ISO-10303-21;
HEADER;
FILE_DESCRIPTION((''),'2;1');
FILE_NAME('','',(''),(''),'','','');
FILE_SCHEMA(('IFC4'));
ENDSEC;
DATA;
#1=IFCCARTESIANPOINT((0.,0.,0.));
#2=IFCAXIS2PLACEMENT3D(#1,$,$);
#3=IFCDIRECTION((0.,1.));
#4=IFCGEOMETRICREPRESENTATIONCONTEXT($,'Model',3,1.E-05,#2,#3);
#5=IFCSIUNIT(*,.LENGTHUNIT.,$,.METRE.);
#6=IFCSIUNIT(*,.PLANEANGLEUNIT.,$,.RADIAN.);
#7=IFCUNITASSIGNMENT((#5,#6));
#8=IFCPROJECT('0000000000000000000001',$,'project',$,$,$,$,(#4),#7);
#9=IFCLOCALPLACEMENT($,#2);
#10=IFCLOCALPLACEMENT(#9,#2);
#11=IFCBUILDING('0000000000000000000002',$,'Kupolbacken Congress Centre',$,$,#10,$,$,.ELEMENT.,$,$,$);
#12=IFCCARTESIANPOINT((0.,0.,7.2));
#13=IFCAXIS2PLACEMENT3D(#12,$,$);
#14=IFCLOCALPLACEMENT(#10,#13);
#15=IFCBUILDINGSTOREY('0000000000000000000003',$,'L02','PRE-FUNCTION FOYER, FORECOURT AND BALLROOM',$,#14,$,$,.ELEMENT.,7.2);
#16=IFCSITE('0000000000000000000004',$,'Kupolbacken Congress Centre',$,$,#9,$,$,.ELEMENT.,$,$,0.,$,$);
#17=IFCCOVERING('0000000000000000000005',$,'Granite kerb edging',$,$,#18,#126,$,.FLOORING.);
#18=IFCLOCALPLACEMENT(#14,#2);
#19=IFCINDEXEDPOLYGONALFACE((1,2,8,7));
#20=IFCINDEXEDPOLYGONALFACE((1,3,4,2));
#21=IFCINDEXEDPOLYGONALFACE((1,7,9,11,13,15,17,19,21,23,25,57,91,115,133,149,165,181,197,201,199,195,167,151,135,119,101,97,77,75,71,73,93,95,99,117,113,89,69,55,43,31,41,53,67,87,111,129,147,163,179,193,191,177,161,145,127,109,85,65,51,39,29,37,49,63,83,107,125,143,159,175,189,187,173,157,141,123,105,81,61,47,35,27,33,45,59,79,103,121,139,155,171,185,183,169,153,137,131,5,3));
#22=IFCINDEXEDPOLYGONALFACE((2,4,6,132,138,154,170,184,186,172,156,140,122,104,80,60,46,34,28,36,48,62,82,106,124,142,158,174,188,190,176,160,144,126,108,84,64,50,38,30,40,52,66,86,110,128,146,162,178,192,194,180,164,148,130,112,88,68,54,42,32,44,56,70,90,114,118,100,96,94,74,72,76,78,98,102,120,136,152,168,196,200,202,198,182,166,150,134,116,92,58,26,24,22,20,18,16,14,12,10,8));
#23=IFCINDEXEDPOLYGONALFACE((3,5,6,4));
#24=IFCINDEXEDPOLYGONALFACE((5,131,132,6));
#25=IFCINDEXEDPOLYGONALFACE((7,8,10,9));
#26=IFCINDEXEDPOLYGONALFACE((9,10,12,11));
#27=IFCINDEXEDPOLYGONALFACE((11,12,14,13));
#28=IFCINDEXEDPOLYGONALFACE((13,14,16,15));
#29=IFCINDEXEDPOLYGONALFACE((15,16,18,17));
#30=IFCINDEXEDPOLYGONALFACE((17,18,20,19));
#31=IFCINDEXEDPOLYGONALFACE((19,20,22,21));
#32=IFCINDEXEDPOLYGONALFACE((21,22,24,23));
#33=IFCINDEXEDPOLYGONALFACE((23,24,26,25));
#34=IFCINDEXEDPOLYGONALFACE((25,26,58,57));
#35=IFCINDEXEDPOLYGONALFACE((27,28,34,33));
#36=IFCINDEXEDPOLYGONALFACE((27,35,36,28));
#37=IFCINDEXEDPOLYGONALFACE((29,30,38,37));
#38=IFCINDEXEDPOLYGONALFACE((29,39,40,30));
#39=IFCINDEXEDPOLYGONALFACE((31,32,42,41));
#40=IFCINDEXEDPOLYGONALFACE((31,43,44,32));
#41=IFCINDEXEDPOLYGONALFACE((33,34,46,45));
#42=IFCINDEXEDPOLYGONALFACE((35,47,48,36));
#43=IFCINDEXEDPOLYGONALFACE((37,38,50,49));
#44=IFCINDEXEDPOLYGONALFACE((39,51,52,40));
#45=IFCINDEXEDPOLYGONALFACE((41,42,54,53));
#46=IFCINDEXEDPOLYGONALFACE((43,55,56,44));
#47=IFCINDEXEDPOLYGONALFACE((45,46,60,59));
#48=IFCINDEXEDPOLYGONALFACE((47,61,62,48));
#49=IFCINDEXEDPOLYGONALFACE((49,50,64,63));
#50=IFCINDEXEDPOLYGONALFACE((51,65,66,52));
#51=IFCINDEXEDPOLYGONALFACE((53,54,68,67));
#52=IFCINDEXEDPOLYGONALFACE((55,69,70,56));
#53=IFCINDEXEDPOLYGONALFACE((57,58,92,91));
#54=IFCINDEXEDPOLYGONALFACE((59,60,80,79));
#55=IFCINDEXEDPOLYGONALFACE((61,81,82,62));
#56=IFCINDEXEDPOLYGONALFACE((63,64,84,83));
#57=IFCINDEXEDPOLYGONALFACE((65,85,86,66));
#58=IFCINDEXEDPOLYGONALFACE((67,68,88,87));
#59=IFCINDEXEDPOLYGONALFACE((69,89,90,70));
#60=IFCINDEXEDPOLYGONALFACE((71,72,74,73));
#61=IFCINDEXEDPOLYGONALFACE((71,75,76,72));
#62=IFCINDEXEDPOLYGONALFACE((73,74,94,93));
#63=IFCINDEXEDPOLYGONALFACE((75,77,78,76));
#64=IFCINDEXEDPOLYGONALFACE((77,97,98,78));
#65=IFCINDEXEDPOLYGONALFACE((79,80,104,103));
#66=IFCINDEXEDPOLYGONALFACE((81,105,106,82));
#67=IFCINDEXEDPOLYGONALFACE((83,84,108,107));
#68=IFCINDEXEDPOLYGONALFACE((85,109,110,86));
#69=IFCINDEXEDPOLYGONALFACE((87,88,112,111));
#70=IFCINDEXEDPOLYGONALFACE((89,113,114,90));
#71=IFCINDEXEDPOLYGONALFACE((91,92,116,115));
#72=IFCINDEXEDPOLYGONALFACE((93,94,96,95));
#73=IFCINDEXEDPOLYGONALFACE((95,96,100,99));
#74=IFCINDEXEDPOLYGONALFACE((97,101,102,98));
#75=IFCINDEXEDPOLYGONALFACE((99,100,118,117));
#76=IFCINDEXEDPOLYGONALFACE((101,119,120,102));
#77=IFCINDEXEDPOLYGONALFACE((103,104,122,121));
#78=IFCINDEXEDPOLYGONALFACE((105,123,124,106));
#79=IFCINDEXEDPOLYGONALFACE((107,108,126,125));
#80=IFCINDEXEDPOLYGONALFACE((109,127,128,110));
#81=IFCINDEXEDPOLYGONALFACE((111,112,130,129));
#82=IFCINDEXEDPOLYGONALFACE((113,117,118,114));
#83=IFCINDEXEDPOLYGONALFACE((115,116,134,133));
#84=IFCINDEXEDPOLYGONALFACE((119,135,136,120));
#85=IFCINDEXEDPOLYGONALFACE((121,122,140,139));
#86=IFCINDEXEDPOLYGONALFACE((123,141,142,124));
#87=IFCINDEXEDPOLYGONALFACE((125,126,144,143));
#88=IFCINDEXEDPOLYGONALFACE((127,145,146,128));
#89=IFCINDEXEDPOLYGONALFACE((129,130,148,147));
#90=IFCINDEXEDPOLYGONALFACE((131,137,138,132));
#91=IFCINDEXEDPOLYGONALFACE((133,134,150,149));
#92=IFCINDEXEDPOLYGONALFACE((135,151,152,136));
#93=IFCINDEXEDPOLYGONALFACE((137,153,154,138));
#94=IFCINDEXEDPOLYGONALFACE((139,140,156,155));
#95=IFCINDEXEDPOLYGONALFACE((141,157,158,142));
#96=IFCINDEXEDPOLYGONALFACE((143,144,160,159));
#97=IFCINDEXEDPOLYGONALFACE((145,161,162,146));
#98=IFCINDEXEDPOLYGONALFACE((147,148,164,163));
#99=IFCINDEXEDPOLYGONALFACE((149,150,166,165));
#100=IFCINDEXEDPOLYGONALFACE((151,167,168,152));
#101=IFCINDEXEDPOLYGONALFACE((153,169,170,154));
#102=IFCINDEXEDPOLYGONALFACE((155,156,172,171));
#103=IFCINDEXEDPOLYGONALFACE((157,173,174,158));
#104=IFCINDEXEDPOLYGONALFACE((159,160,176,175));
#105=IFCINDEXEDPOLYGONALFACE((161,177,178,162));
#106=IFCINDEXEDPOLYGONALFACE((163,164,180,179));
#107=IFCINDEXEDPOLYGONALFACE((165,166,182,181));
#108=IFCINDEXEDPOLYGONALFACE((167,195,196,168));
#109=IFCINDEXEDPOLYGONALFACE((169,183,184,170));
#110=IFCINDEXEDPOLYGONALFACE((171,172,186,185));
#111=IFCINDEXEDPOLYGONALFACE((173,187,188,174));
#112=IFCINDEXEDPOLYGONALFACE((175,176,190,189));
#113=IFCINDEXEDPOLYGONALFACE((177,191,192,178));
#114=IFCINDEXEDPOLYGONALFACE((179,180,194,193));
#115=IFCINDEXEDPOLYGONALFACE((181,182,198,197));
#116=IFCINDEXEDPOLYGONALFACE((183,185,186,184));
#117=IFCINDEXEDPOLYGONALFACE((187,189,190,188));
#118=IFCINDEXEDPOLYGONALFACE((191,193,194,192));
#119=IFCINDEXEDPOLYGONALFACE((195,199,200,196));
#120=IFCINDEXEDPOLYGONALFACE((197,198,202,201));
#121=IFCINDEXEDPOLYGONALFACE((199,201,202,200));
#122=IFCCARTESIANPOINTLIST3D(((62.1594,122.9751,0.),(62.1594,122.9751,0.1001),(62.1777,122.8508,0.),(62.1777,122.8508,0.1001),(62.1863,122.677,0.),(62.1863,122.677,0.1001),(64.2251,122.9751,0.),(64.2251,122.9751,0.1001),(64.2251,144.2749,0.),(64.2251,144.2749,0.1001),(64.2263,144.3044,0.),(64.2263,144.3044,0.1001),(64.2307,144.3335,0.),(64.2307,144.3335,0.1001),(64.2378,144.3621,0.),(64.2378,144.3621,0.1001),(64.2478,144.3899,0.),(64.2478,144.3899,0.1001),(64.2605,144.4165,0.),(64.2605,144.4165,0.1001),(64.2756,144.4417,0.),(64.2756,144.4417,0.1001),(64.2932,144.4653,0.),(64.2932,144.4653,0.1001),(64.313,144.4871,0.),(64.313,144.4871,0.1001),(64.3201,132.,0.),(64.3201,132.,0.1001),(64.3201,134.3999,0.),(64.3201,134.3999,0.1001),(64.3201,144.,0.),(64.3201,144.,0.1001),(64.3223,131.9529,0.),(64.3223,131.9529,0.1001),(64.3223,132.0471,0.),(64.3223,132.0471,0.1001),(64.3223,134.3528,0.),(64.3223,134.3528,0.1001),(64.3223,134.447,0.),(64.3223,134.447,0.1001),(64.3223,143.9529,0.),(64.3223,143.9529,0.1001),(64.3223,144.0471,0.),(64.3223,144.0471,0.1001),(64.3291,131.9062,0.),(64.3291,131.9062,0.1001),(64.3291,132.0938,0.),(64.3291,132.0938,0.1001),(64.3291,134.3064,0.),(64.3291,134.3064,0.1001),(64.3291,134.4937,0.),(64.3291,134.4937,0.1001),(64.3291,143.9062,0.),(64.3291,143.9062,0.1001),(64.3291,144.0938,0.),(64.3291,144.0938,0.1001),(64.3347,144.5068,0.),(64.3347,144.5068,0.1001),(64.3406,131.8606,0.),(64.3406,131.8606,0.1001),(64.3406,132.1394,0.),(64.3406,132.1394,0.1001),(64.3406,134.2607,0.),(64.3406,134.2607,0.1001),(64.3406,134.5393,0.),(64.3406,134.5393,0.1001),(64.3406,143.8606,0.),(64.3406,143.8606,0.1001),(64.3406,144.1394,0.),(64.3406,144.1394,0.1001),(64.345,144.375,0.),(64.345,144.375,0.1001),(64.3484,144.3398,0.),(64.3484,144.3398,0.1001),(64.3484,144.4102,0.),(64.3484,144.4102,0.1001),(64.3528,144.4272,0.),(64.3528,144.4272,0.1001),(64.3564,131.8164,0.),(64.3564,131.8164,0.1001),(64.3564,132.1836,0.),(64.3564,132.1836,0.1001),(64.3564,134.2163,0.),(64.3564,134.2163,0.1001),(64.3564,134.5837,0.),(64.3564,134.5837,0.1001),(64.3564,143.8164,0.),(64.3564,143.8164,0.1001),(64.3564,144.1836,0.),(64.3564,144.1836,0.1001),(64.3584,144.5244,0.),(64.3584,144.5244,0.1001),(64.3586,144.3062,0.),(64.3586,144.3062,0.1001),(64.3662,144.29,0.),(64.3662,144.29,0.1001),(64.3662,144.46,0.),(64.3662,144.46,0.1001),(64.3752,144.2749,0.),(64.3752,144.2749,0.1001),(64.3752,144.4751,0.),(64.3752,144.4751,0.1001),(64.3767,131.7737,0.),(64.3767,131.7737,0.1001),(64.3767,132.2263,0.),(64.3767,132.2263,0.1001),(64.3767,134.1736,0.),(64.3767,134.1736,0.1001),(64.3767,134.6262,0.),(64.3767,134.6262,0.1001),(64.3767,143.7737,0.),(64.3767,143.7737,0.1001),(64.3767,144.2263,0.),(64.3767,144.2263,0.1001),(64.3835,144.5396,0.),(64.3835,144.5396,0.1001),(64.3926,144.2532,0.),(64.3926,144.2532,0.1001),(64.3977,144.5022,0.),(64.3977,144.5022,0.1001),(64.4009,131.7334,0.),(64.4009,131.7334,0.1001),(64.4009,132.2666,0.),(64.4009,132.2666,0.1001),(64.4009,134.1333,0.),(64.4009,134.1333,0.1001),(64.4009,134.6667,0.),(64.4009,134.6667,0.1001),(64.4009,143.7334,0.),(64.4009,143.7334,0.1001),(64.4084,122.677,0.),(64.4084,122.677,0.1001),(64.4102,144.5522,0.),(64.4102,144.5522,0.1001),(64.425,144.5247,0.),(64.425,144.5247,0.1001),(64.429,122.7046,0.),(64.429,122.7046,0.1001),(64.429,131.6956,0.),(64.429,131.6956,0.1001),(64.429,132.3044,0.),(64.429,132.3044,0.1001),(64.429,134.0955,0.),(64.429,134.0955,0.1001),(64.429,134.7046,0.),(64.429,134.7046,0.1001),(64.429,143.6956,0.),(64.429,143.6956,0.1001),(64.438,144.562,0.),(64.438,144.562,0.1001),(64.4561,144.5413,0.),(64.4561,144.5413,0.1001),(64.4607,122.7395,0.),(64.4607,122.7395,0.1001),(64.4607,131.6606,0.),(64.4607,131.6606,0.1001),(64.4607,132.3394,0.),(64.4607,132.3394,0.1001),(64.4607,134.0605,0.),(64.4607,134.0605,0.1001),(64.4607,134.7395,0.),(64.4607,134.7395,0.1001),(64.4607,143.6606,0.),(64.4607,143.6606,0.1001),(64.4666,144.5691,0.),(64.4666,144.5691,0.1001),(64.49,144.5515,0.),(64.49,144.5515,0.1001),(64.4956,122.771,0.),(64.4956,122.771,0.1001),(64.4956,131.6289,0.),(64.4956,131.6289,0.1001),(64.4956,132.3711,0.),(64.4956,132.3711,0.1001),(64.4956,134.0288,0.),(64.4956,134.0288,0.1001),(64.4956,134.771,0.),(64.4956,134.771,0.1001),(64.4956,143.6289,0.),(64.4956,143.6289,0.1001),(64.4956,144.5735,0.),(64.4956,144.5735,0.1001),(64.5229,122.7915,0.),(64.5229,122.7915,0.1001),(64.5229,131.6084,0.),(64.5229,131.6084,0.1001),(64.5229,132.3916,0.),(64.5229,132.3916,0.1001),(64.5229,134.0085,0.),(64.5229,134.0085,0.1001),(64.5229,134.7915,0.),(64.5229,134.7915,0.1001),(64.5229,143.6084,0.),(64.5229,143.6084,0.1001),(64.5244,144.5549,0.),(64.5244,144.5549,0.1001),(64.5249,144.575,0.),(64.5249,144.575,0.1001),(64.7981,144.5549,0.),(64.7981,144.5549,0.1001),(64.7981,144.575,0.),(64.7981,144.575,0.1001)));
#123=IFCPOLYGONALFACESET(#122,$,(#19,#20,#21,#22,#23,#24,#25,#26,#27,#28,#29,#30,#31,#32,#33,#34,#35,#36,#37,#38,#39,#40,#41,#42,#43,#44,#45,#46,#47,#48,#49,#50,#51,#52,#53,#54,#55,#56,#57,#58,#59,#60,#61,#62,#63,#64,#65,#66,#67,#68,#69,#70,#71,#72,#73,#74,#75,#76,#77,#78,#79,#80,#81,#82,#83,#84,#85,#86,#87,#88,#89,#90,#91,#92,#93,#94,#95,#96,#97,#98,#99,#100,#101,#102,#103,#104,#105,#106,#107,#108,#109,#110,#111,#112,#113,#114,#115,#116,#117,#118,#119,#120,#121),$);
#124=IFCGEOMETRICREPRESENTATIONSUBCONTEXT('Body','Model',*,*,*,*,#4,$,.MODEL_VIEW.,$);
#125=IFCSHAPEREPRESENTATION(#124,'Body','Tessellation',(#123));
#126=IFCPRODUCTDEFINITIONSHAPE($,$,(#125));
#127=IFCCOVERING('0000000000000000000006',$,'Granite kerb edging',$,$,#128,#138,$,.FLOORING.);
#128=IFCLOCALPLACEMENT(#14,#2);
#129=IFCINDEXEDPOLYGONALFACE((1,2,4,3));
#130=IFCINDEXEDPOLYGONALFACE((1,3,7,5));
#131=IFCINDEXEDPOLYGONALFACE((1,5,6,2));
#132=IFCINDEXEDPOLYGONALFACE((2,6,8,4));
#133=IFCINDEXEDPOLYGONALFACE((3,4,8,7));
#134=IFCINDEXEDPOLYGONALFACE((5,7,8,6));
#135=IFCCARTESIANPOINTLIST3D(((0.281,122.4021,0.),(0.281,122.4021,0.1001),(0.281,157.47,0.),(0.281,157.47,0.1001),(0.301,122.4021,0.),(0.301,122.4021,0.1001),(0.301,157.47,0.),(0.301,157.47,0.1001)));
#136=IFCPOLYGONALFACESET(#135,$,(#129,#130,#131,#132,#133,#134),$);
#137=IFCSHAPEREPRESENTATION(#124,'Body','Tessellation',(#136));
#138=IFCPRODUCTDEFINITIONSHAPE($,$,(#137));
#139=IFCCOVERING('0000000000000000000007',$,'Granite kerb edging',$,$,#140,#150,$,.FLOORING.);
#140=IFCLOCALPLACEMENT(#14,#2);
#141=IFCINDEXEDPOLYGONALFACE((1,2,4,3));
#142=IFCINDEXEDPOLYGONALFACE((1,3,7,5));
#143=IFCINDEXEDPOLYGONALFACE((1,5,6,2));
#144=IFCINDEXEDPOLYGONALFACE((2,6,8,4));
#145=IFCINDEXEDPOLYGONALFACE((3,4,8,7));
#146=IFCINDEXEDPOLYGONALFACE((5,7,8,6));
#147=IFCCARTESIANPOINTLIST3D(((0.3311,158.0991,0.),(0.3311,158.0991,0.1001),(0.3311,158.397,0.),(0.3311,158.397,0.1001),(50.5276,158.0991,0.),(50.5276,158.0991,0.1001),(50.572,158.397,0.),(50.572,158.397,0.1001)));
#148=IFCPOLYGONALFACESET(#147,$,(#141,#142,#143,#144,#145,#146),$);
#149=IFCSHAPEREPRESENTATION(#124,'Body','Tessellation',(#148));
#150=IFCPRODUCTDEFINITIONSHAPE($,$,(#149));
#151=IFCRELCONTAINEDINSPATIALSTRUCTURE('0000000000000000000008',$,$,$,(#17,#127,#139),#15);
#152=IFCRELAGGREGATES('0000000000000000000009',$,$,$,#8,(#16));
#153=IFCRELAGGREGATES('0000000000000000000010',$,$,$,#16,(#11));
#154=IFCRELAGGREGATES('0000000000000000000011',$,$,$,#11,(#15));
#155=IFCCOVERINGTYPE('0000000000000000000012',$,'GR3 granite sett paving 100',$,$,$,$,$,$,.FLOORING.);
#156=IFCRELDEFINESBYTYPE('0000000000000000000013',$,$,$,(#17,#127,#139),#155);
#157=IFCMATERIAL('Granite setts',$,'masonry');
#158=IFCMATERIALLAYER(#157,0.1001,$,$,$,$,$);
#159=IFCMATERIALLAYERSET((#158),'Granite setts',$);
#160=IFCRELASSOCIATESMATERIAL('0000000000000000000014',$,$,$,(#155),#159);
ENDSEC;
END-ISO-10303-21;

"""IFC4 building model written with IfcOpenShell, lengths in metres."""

from ifc_helpers import new_model, si_unit, direction, frame, origin, place, context, subcontext, project, spatial, polyline, outline, extrude, material, layer, layer_set, type_object, element, save


model = new_model("IFC4")

# Units and contexts
model_context = context("Model", 3, precision=1e-05, world=origin(), true_north=direction((0.0, 1.0)))
body_context = subcontext(model_context, "Body", "Model", "MODEL_VIEW")
ifc_project = project(units=[si_unit("LENGTHUNIT", "METRE"), si_unit("PLANEANGLEUNIT", "RADIAN")], contexts=[model_context])

# Site, building, storey
site_placement = place(None, origin())
site = spatial("IfcSite", under=ifc_project, at=site_placement, Name="Kupolbacken Congress Centre", CompositionType="ELEMENT", RefElevation=0.0)
building_placement = place(site_placement, origin())
building = spatial("IfcBuilding", under=site, at=building_placement, Name="Kupolbacken Congress Centre", CompositionType="ELEMENT")
storey_placement = place(building_placement, frame((0.0, 0.0, 7.2)))
storey = spatial("IfcBuildingStorey", under=building, at=storey_placement, Name="L02", Description="PRE-FUNCTION FOYER, FORECOURT AND BALLROOM", CompositionType="ELEMENT", Elevation=7.2)

# Coverings
ifc_material_1 = material(Name="Granite setts", Category="masonry")
ifc_layer_1 = layer(ifc_material_1, 0.1001)
ifc_layer_set_1 = layer_set([ifc_layer_1], Name="Granite setts")
covering_type_1 = type_object("IfcCoveringType", Name="GR3 granite sett paving 100", PredefinedType="FLOORING", material=ifc_layer_set_1)
covering_1_placement = place(storey_placement, origin())
element("IfcCovering", 1, at=covering_1_placement, inside=storey, type_object=covering_type_1, Name="Granite kerb edging", PredefinedType="FLOORING", context=body_context, shape_type="SweptSolid", body=[
    extrude(outline(polyline([(64.4561, 144.5413), (64.425, 144.5247), (64.3977, 144.5022), (64.3752, 144.4751), (64.3662, 144.46), (64.3528, 144.4272), (64.3484, 144.4102), (64.345, 144.375), (64.3484, 144.3398), (64.3586, 144.3062), (64.3662, 144.29), (64.3752, 144.2749), (64.3926, 144.2532), (64.3767, 144.2263), (64.3564, 144.1836), (64.3406, 144.1394), (64.3291, 144.0938), (64.3223, 144.0471), (64.3201, 144.0), (64.3223, 143.9529), (64.3291, 143.9062), (64.3406, 143.8606), (64.3564, 143.8164), (64.3767, 143.7737), (64.4009, 143.7334), (64.429, 143.6956), (64.4607, 143.6606), (64.4956, 143.6289), (64.5229, 143.6084), (64.5229, 134.7915), (64.4956, 134.771), (64.4607, 134.7395), (64.429, 134.7046), (64.4009, 134.6667), (64.3767, 134.6262), (64.3564, 134.5837), (64.3406, 134.5393), (64.3291, 134.4937), (64.3223, 134.447), (64.3201, 134.3999), (64.3223, 134.3528), (64.3291, 134.3064), (64.3406, 134.2607), (64.3564, 134.2163), (64.3767, 134.1736), (64.4009, 134.1333), (64.429, 134.0955), (64.4607, 134.0605), (64.4956, 134.0288), (64.5229, 134.0085), (64.5229, 132.3916), (64.4956, 132.3711), (64.4607, 132.3394), (64.429, 132.3044), (64.4009, 132.2666), (64.3767, 132.2263), (64.3564, 132.1836), (64.3406, 132.1394), (64.3291, 132.0938), (64.3223, 132.0471), (64.3201, 132.0), (64.3223, 131.9529), (64.3291, 131.9062), (64.3406, 131.8606), (64.3564, 131.8164), (64.3767, 131.7737), (64.4009, 131.7334), (64.429, 131.6956), (64.4607, 131.6606), (64.4956, 131.6289), (64.5229, 131.6084), (64.5229, 122.7915), (64.4956, 122.771), (64.4607, 122.7395), (64.429, 122.7046), (64.4084, 122.677), (62.1863, 122.677), (62.1777, 122.8508), (62.1594, 122.9751), (64.2251, 122.9751), (64.2251, 144.2749), (64.2263, 144.3044), (64.2307, 144.3335), (64.2378, 144.3621), (64.2478, 144.3899), (64.2605, 144.4165), (64.2756, 144.4417), (64.2932, 144.4653), (64.313, 144.4871), (64.3347, 144.5068), (64.3584, 144.5244), (64.3835, 144.5396), (64.4102, 144.5522), (64.438, 144.562), (64.4666, 144.5691), (64.4956, 144.5735), (64.5249, 144.575), (64.7981, 144.575), (64.7981, 144.5549), (64.5244, 144.5549), (64.49, 144.5515), (64.4561, 144.5413)])), origin(), (0.0, 0.0, 1.0), 0.1001),
])
covering_2_placement = place(storey_placement, origin())
element("IfcCovering", 2, at=covering_2_placement, inside=storey, type_object=covering_type_1, Name="Granite kerb edging", PredefinedType="FLOORING", context=body_context, shape_type="SweptSolid", body=[
    extrude(outline(polyline([(0.281, 122.4021), (0.281, 157.47), (0.301, 157.47), (0.301, 122.4021), (0.281, 122.4021)])), origin(), (0.0, 0.0, 1.0), 0.1001),
])
covering_3_placement = place(storey_placement, origin())
element("IfcCovering", 3, at=covering_3_placement, inside=storey, type_object=covering_type_1, Name="Granite kerb edging", PredefinedType="FLOORING", context=body_context, shape_type="SweptSolid", body=[
    extrude(outline(polyline([(0.3311, 158.397), (50.572, 158.397), (50.5276, 158.0991), (0.3311, 158.0991), (0.3311, 158.397)])), origin(), (0.0, 0.0, 1.0), 0.1001),
])

save(model, "model.ifc")
